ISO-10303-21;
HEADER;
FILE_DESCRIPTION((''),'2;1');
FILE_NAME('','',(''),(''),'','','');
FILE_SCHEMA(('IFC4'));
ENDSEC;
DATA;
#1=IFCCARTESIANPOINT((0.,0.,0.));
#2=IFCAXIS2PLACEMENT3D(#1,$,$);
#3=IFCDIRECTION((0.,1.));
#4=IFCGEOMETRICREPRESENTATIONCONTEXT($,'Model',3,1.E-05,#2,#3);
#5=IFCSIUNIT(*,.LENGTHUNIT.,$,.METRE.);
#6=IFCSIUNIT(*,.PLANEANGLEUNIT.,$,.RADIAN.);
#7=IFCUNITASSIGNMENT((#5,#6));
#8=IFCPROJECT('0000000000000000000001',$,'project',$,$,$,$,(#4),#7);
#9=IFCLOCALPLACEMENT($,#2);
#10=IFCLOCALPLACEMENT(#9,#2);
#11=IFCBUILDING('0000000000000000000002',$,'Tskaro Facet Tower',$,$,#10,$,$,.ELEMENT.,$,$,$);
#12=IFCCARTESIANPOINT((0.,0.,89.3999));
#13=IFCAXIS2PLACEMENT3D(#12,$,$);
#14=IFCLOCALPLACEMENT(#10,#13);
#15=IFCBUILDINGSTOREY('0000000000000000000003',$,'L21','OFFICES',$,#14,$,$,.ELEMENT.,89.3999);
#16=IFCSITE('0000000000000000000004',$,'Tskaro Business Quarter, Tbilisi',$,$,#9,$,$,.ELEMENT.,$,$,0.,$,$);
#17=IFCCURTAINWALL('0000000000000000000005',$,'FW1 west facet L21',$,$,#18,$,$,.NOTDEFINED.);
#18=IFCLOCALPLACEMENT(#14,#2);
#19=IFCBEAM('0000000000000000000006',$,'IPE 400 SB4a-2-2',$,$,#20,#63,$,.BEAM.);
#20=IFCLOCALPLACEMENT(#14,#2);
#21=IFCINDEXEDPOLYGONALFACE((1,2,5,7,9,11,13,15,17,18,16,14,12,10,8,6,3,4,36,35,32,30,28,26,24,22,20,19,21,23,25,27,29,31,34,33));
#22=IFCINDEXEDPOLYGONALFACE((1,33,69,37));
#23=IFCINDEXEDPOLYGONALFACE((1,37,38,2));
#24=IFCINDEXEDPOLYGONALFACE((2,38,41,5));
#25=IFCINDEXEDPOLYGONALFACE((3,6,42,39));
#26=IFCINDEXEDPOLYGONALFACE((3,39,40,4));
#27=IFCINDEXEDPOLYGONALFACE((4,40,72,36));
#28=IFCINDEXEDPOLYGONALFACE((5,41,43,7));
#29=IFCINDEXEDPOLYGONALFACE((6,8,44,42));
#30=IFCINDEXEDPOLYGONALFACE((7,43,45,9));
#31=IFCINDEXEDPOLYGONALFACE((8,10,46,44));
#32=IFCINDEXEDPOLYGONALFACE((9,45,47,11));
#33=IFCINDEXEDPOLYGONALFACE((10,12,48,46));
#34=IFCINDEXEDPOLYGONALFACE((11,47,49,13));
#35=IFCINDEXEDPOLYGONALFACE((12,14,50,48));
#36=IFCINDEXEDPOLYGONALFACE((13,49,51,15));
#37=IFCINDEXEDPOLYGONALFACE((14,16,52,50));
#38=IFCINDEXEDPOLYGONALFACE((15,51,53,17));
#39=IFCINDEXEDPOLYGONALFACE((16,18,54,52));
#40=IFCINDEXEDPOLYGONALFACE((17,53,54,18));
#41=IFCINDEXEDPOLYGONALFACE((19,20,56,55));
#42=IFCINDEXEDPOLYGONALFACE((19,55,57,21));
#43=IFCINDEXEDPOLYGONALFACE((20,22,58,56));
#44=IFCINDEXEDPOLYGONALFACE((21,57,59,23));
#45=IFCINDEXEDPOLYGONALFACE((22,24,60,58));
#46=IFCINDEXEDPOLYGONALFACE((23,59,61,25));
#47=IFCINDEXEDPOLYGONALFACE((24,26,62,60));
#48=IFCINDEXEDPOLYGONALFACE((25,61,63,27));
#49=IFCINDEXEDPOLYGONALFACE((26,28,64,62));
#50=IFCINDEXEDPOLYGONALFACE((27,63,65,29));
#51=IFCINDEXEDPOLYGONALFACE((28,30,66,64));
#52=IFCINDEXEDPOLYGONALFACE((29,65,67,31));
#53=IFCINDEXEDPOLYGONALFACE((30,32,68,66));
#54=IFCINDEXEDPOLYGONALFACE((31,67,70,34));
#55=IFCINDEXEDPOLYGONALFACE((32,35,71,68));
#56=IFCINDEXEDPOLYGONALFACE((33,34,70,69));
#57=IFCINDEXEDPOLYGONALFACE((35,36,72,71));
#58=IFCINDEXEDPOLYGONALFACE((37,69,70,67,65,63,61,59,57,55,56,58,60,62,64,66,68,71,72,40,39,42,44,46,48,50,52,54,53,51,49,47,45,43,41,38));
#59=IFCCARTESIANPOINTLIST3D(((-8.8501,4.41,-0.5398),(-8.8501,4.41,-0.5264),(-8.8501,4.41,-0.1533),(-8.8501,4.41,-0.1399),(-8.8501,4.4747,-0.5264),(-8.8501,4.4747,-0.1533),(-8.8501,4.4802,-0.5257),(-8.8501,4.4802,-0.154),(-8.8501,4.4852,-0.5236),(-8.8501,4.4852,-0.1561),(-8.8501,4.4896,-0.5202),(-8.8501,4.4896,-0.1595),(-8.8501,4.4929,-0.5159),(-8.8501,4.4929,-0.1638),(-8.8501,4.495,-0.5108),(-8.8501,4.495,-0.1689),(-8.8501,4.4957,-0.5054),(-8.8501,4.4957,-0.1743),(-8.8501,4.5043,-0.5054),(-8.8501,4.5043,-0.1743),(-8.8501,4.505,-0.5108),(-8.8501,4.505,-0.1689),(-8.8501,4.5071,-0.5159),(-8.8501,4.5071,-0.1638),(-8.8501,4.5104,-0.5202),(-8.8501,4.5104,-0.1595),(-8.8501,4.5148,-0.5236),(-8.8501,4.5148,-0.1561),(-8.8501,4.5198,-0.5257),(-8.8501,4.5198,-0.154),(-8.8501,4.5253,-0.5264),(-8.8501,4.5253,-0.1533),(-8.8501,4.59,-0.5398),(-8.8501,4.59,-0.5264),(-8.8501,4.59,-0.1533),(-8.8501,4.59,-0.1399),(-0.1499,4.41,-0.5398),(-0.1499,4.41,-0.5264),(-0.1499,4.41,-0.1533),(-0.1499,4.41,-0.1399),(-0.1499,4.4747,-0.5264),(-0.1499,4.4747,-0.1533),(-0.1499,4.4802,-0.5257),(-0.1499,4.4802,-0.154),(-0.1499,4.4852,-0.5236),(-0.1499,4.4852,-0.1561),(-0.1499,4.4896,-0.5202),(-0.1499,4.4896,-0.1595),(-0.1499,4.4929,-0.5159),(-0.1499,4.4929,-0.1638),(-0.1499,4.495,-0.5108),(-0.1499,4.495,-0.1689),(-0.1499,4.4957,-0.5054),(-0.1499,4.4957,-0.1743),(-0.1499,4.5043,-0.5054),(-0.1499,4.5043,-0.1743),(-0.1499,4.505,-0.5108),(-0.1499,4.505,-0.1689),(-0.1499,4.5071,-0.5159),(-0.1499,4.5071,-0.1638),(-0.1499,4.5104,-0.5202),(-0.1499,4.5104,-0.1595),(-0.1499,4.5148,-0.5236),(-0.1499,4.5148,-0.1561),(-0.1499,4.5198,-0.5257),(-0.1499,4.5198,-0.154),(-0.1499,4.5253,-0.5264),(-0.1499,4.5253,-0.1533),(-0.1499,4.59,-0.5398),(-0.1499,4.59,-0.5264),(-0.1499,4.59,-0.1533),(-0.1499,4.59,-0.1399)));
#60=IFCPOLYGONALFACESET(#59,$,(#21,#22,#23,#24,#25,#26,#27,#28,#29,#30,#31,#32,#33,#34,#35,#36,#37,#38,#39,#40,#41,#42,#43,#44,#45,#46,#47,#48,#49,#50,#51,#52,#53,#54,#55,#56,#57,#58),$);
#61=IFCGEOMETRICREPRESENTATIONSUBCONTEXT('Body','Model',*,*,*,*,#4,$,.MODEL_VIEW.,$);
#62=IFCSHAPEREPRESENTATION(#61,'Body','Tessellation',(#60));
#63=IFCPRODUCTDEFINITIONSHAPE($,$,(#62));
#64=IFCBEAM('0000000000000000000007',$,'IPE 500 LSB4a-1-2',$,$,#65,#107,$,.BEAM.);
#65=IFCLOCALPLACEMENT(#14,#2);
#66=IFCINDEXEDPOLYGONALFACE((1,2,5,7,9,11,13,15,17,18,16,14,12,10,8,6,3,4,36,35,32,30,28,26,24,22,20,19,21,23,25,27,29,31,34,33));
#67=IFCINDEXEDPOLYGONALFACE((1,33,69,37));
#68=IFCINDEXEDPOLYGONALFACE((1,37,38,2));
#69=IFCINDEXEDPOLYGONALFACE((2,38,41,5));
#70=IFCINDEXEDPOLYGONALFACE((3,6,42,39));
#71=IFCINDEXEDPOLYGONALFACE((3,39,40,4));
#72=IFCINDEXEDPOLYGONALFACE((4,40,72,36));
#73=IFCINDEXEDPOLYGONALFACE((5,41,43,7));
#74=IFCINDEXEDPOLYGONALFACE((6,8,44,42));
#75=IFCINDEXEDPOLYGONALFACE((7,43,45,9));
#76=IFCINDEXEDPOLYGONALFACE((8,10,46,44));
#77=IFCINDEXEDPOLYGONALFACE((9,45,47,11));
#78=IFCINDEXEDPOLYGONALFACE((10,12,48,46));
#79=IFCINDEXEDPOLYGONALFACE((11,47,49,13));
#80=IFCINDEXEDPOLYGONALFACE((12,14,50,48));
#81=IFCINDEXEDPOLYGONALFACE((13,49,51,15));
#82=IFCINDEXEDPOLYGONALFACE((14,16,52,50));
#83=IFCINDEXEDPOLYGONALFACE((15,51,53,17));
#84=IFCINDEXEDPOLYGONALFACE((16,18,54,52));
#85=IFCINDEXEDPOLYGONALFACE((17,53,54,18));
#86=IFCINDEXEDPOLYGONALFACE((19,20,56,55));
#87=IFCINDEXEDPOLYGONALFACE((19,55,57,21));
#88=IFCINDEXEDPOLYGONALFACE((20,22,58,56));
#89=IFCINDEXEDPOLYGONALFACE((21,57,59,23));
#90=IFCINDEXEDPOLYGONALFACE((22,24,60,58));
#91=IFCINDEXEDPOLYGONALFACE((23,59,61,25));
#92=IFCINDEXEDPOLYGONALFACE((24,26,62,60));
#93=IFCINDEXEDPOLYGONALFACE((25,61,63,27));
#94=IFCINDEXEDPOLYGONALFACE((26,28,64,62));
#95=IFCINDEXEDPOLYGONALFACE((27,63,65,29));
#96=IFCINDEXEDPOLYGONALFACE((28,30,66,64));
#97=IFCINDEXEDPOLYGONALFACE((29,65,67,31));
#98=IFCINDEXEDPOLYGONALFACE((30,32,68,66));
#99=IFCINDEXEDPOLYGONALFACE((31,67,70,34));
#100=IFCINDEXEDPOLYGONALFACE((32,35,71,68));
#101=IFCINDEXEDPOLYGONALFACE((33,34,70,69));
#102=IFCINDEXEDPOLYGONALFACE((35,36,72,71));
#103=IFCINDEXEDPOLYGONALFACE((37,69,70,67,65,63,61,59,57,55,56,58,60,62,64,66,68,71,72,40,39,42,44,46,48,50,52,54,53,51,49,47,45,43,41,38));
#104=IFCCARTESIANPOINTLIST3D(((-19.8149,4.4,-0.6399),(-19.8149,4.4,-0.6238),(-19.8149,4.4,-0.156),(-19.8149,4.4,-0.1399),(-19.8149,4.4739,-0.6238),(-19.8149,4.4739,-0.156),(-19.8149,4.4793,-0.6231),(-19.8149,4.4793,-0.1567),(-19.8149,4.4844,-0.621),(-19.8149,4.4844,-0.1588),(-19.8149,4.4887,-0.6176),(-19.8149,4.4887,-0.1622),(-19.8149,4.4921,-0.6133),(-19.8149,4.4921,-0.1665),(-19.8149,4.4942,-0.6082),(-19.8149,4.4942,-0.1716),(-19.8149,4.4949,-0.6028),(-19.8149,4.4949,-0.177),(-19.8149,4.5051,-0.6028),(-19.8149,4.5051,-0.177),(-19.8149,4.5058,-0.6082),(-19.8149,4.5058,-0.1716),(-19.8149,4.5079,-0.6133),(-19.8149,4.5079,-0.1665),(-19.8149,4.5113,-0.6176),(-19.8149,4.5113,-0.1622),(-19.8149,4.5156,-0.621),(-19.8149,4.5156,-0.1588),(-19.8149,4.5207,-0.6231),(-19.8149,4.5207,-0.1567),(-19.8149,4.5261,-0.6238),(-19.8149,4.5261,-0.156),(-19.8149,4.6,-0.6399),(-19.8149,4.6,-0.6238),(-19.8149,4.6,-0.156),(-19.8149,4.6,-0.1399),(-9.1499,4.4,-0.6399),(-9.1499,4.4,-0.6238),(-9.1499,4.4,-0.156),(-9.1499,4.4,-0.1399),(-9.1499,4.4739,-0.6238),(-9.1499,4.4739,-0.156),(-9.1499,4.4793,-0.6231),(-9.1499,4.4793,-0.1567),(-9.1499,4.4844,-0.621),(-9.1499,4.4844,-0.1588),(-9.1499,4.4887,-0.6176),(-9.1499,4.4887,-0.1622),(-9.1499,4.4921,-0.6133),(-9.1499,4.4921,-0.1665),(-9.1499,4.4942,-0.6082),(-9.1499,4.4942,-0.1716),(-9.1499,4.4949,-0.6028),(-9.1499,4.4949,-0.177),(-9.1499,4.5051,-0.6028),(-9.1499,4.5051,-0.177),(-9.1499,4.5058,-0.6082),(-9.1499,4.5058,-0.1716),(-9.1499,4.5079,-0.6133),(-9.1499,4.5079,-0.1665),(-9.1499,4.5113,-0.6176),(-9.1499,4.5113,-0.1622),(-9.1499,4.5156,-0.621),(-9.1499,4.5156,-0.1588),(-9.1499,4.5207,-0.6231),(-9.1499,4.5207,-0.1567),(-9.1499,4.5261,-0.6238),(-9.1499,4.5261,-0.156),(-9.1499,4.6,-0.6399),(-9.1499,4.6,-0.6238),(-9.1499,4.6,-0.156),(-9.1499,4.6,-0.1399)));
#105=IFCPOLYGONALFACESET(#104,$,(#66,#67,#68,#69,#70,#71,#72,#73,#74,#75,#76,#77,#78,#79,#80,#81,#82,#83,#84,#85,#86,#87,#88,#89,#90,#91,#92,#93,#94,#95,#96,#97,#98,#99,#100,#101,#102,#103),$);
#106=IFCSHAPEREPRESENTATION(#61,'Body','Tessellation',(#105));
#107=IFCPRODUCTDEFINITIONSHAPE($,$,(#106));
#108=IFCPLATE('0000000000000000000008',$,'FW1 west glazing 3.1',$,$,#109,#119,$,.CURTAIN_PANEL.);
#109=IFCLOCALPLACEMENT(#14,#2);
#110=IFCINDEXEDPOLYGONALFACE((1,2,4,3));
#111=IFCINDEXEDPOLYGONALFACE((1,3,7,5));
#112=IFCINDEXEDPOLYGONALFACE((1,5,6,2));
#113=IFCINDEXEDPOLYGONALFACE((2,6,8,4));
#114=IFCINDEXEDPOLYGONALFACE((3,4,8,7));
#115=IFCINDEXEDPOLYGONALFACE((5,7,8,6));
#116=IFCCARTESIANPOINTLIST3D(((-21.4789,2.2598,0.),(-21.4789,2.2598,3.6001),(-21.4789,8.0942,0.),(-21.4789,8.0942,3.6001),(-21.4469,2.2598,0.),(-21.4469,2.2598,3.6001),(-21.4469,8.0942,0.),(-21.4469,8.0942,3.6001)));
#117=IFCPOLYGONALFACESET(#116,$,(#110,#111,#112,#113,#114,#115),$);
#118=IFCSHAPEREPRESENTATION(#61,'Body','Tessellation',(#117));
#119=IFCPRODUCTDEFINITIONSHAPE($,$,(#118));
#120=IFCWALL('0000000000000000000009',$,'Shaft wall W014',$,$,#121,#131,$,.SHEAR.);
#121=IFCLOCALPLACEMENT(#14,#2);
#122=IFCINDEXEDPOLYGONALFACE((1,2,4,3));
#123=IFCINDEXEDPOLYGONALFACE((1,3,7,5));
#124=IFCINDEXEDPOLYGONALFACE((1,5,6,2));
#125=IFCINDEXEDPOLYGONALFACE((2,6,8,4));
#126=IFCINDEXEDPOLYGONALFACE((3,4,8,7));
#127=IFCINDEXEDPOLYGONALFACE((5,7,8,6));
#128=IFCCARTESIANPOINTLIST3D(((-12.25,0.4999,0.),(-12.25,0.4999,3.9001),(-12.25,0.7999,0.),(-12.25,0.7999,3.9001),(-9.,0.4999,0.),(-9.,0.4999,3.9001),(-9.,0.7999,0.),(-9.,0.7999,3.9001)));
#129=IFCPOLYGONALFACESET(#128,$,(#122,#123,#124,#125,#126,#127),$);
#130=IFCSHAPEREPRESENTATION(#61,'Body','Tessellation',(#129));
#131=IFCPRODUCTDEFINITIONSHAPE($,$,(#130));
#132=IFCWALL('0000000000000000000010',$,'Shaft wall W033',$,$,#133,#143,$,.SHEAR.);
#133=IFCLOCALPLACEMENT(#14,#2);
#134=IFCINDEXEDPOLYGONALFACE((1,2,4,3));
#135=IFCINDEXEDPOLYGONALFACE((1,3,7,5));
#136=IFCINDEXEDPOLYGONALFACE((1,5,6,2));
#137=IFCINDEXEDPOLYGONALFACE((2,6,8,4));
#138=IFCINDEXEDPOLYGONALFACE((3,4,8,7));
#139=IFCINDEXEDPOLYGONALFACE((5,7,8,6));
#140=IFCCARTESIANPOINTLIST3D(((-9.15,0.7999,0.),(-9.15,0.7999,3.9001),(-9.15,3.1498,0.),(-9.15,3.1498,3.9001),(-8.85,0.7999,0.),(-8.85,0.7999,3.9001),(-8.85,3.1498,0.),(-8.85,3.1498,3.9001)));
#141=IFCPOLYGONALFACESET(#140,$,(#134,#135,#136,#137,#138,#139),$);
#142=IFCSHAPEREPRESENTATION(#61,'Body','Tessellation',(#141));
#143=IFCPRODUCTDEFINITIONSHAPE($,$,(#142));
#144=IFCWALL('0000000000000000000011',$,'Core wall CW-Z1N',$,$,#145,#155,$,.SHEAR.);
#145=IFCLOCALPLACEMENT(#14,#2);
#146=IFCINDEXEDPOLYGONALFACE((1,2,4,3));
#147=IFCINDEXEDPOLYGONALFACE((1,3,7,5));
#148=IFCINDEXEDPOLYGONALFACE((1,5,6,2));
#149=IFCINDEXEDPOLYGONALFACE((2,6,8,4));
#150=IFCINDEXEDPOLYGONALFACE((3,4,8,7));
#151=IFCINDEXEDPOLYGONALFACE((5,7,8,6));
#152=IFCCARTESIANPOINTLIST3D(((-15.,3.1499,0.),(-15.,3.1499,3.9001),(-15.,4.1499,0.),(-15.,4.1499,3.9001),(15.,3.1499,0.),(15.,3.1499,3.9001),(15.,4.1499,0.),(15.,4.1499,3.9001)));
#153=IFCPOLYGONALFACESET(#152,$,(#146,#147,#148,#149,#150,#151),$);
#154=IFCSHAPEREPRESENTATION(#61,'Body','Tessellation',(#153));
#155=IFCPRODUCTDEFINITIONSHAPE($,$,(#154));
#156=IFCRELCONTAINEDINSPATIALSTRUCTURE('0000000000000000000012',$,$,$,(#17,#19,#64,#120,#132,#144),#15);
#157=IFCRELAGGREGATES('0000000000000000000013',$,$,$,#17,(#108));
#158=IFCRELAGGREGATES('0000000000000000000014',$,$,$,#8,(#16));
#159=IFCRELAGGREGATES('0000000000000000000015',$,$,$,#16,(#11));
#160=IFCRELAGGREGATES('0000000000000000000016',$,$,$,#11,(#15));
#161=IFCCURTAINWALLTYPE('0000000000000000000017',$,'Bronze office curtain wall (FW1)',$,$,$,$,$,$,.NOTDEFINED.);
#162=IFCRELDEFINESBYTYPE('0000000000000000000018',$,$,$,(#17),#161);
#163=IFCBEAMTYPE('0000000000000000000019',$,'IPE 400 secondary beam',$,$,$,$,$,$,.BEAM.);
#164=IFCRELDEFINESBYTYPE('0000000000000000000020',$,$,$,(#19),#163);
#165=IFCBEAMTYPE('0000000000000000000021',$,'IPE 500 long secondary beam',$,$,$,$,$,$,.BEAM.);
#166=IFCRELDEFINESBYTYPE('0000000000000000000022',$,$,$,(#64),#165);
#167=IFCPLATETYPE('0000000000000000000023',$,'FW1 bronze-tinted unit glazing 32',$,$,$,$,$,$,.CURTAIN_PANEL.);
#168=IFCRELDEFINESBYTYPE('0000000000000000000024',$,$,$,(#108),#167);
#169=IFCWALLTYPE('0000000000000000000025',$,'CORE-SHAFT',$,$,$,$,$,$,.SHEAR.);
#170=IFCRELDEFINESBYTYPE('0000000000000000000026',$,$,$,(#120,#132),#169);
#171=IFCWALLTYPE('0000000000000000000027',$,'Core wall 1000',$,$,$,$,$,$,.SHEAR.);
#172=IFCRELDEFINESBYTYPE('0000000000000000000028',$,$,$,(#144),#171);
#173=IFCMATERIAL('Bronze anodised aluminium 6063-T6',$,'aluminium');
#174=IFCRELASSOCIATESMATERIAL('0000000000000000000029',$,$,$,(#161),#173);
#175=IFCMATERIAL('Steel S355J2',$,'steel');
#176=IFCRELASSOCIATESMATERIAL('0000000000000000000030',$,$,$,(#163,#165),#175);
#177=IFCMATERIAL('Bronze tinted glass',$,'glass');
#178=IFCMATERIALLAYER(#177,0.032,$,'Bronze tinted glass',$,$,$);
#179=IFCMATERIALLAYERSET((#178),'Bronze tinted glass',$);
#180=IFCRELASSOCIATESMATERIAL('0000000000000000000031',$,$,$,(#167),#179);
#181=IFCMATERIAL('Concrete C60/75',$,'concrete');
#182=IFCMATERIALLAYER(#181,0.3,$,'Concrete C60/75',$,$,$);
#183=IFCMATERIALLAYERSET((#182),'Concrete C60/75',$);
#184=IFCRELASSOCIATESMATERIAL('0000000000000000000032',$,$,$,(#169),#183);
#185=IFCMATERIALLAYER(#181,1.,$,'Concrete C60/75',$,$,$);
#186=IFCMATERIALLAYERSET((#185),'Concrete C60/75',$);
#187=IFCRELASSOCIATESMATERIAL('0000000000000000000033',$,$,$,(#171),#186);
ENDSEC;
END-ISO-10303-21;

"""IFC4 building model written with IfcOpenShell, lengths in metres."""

from ifc_helpers import new_model, si_unit, direction, frame, frame_2d, origin, origin_2d, place, context, subcontext, project, spatial, rectangle, i_section, extrude, material, layer, layer_set, material_profile, profile_set, type_object, element, aggregate, save


model = new_model("IFC4")

# Units and contexts
model_context = context("Model", 3, precision=1e-05, world=origin(), true_north=direction((0.0, 1.0)))
body_context = subcontext(model_context, "Body", "Model", "MODEL_VIEW")
ifc_project = project(units=[si_unit("LENGTHUNIT", "METRE"), si_unit("PLANEANGLEUNIT", "RADIAN")], contexts=[model_context])

# Site, building, storey
site_placement = place(None, origin())
site = spatial("IfcSite", under=ifc_project, at=site_placement, Name="Tskaro Business Quarter, Tbilisi", CompositionType="ELEMENT", RefElevation=0.0)
building_placement = place(site_placement, origin())
building = spatial("IfcBuilding", under=site, at=building_placement, Name="Tskaro Facet Tower", CompositionType="ELEMENT")
storey_placement = place(building_placement, frame((0.0, 0.0, 89.3999)))
storey = spatial("IfcBuildingStorey", under=building, at=storey_placement, Name="L21", Description="OFFICES", CompositionType="ELEMENT", Elevation=89.3999)

# Curtain wall
ifc_material_1 = material(Name="Bronze anodised aluminium 6063-T6", Category="aluminium")
curtain_wall_type = type_object("IfcCurtainWallType", Name="Bronze office curtain wall (FW1)", PredefinedType="NOTDEFINED", material=ifc_material_1)
curtain_wall_placement = place(storey_placement, origin())
curtain_wall = element("IfcCurtainWall", 1, at=curtain_wall_placement, inside=storey, type_object=curtain_wall_type, Name="FW1 west facet L21", PredefinedType="NOTDEFINED")

# Beams
ifc_material_2 = material(Name="Steel S355J2", Category="steel")
ifc_material_profile_1 = material_profile(ifc_material_2, i_section(OverallWidth=0.1799, OverallDepth=0.3999, WebThickness=0.0085, FlangeThickness=0.0134, FilletRadius=0.021, at=origin_2d()), Name="IPE 400")
ifc_profile_set_1 = profile_set([ifc_material_profile_1], Name="Steel S355J2")
beam_type_1 = type_object("IfcBeamType", Name="IPE 400 secondary beam", PredefinedType="BEAM", material=ifc_profile_set_1)
beam_1_placement = place(storey_placement, frame((-8.8501, 4.5, -0.3398), z_axis=(1.0, 0.0, 0.0), x_axis=(0.0, 1.0, 0.0)))
element("IfcBeam", 2, at=beam_1_placement, inside=storey, type_object=beam_type_1, Name="IPE 400 SB4a-2-2", PredefinedType="BEAM", context=body_context, shape_type="SweptSolid", body=[
    extrude(i_section(OverallWidth=0.1799, OverallDepth=0.3999, WebThickness=0.0085, FlangeThickness=0.0134, FilletRadius=0.021, at=origin_2d()), origin(), (0.0, 0.0, 1.0), 8.7002),
])
ifc_material_profile_2 = material_profile(ifc_material_2, i_section(OverallWidth=0.2, OverallDepth=0.5, WebThickness=0.0103, FlangeThickness=0.0161, FilletRadius=0.021, at=origin_2d()), Name="IPE 500")
ifc_profile_set_2 = profile_set([ifc_material_profile_2], Name="Steel S355J2")
beam_type_2 = type_object("IfcBeamType", Name="IPE 500 long secondary beam", PredefinedType="BEAM", material=ifc_profile_set_2)
beam_2_placement = place(storey_placement, frame((-19.8149, 4.5, -0.3899), z_axis=(1.0, 0.0, 0.0), x_axis=(0.0, 1.0, 0.0)))
element("IfcBeam", 3, at=beam_2_placement, inside=storey, type_object=beam_type_2, Name="IPE 500 LSB4a-1-2", PredefinedType="BEAM", context=body_context, shape_type="SweptSolid", body=[
    extrude(i_section(OverallWidth=0.2, OverallDepth=0.5, WebThickness=0.0103, FlangeThickness=0.0161, FilletRadius=0.021, at=origin_2d()), origin(), (0.0, 0.0, 1.0), 10.665),
])

# Plate
ifc_material_3 = material(Name="Bronze tinted glass", Category="glass")
ifc_layer_1 = layer(ifc_material_3, 0.032, Name="Bronze tinted glass")
ifc_layer_set_1 = layer_set([ifc_layer_1], Name="Bronze tinted glass")
plate_type = type_object("IfcPlateType", Name="FW1 bronze-tinted unit glazing 32", PredefinedType="CURTAIN_PANEL", material=ifc_layer_set_1)
plate_placement = place(storey_placement, frame((-21.4629, 5.177, 0.0), z_axis=(0.0, 0.0, 1.0), x_axis=(0.0, -1.0, 0.0)))
plate = element("IfcPlate", 4, at=plate_placement, type_object=plate_type, Name="FW1 west glazing 3.1", PredefinedType="CURTAIN_PANEL", context=body_context, shape_type="SweptSolid", body=[
    extrude(rectangle(XDim=5.8345, YDim=0.032, at=origin_2d()), origin(), (0.0, 0.0, 1.0), 3.6001),
])
aggregate(curtain_wall, [plate])

# Walls
ifc_material_4 = material(Name="Concrete C60/75", Category="concrete")
ifc_layer_2 = layer(ifc_material_4, 0.3, Name="Concrete C60/75")
ifc_layer_set_2 = layer_set([ifc_layer_2], Name="Concrete C60/75")
wall_type_1 = type_object("IfcWallType", Name="CORE-SHAFT", PredefinedType="SHEAR", material=ifc_layer_set_2)
wall_1_placement = place(storey_placement, frame((-9.0, 0.6499, 0.0), z_axis=(0.0, 0.0, 1.0), x_axis=(-1.0, 0.0, 0.0)))
element("IfcWall", 5, at=wall_1_placement, inside=storey, type_object=wall_type_1, Name="Shaft wall W014", PredefinedType="SHEAR", context=body_context, shape_type="SweptSolid", body=[
    extrude(rectangle(XDim=3.25, YDim=0.3, at=frame_2d((1.625, 0.0))), origin(), (0.0, 0.0, 1.0), 3.9001),
])
wall_2_placement = place(storey_placement, frame((-9.0, 0.8, 0.0), z_axis=(0.0, 0.0, 1.0), x_axis=(0.0, 1.0, 0.0)))
element("IfcWall", 6, at=wall_2_placement, inside=storey, type_object=wall_type_1, Name="Shaft wall W033", PredefinedType="SHEAR", context=body_context, shape_type="SweptSolid", body=[
    extrude(rectangle(XDim=2.3499, YDim=0.3, at=frame_2d((1.1748, 0.0))), origin(), (0.0, 0.0, 1.0), 3.9001),
])
ifc_layer_3 = layer(ifc_material_4, 1.0, Name="Concrete C60/75")
ifc_layer_set_3 = layer_set([ifc_layer_3], Name="Concrete C60/75")
wall_type_2 = type_object("IfcWallType", Name="Core wall 1000", PredefinedType="SHEAR", material=ifc_layer_set_3)
wall_3_placement = place(storey_placement, frame((-15.0, 3.6499, 0.0), z_axis=(0.0, 0.0, 1.0), x_axis=(1.0, 0.0, 0.0)))
element("IfcWall", 7, at=wall_3_placement, inside=storey, type_object=wall_type_2, Name="Core wall CW-Z1N", PredefinedType="SHEAR", context=body_context, shape_type="SweptSolid", body=[
    extrude(rectangle(XDim=30.0, YDim=1.0, at=frame_2d((15.0, 0.0))), origin(), (0.0, 0.0, 1.0), 3.9001),
])

save(model, "model.ifc")
